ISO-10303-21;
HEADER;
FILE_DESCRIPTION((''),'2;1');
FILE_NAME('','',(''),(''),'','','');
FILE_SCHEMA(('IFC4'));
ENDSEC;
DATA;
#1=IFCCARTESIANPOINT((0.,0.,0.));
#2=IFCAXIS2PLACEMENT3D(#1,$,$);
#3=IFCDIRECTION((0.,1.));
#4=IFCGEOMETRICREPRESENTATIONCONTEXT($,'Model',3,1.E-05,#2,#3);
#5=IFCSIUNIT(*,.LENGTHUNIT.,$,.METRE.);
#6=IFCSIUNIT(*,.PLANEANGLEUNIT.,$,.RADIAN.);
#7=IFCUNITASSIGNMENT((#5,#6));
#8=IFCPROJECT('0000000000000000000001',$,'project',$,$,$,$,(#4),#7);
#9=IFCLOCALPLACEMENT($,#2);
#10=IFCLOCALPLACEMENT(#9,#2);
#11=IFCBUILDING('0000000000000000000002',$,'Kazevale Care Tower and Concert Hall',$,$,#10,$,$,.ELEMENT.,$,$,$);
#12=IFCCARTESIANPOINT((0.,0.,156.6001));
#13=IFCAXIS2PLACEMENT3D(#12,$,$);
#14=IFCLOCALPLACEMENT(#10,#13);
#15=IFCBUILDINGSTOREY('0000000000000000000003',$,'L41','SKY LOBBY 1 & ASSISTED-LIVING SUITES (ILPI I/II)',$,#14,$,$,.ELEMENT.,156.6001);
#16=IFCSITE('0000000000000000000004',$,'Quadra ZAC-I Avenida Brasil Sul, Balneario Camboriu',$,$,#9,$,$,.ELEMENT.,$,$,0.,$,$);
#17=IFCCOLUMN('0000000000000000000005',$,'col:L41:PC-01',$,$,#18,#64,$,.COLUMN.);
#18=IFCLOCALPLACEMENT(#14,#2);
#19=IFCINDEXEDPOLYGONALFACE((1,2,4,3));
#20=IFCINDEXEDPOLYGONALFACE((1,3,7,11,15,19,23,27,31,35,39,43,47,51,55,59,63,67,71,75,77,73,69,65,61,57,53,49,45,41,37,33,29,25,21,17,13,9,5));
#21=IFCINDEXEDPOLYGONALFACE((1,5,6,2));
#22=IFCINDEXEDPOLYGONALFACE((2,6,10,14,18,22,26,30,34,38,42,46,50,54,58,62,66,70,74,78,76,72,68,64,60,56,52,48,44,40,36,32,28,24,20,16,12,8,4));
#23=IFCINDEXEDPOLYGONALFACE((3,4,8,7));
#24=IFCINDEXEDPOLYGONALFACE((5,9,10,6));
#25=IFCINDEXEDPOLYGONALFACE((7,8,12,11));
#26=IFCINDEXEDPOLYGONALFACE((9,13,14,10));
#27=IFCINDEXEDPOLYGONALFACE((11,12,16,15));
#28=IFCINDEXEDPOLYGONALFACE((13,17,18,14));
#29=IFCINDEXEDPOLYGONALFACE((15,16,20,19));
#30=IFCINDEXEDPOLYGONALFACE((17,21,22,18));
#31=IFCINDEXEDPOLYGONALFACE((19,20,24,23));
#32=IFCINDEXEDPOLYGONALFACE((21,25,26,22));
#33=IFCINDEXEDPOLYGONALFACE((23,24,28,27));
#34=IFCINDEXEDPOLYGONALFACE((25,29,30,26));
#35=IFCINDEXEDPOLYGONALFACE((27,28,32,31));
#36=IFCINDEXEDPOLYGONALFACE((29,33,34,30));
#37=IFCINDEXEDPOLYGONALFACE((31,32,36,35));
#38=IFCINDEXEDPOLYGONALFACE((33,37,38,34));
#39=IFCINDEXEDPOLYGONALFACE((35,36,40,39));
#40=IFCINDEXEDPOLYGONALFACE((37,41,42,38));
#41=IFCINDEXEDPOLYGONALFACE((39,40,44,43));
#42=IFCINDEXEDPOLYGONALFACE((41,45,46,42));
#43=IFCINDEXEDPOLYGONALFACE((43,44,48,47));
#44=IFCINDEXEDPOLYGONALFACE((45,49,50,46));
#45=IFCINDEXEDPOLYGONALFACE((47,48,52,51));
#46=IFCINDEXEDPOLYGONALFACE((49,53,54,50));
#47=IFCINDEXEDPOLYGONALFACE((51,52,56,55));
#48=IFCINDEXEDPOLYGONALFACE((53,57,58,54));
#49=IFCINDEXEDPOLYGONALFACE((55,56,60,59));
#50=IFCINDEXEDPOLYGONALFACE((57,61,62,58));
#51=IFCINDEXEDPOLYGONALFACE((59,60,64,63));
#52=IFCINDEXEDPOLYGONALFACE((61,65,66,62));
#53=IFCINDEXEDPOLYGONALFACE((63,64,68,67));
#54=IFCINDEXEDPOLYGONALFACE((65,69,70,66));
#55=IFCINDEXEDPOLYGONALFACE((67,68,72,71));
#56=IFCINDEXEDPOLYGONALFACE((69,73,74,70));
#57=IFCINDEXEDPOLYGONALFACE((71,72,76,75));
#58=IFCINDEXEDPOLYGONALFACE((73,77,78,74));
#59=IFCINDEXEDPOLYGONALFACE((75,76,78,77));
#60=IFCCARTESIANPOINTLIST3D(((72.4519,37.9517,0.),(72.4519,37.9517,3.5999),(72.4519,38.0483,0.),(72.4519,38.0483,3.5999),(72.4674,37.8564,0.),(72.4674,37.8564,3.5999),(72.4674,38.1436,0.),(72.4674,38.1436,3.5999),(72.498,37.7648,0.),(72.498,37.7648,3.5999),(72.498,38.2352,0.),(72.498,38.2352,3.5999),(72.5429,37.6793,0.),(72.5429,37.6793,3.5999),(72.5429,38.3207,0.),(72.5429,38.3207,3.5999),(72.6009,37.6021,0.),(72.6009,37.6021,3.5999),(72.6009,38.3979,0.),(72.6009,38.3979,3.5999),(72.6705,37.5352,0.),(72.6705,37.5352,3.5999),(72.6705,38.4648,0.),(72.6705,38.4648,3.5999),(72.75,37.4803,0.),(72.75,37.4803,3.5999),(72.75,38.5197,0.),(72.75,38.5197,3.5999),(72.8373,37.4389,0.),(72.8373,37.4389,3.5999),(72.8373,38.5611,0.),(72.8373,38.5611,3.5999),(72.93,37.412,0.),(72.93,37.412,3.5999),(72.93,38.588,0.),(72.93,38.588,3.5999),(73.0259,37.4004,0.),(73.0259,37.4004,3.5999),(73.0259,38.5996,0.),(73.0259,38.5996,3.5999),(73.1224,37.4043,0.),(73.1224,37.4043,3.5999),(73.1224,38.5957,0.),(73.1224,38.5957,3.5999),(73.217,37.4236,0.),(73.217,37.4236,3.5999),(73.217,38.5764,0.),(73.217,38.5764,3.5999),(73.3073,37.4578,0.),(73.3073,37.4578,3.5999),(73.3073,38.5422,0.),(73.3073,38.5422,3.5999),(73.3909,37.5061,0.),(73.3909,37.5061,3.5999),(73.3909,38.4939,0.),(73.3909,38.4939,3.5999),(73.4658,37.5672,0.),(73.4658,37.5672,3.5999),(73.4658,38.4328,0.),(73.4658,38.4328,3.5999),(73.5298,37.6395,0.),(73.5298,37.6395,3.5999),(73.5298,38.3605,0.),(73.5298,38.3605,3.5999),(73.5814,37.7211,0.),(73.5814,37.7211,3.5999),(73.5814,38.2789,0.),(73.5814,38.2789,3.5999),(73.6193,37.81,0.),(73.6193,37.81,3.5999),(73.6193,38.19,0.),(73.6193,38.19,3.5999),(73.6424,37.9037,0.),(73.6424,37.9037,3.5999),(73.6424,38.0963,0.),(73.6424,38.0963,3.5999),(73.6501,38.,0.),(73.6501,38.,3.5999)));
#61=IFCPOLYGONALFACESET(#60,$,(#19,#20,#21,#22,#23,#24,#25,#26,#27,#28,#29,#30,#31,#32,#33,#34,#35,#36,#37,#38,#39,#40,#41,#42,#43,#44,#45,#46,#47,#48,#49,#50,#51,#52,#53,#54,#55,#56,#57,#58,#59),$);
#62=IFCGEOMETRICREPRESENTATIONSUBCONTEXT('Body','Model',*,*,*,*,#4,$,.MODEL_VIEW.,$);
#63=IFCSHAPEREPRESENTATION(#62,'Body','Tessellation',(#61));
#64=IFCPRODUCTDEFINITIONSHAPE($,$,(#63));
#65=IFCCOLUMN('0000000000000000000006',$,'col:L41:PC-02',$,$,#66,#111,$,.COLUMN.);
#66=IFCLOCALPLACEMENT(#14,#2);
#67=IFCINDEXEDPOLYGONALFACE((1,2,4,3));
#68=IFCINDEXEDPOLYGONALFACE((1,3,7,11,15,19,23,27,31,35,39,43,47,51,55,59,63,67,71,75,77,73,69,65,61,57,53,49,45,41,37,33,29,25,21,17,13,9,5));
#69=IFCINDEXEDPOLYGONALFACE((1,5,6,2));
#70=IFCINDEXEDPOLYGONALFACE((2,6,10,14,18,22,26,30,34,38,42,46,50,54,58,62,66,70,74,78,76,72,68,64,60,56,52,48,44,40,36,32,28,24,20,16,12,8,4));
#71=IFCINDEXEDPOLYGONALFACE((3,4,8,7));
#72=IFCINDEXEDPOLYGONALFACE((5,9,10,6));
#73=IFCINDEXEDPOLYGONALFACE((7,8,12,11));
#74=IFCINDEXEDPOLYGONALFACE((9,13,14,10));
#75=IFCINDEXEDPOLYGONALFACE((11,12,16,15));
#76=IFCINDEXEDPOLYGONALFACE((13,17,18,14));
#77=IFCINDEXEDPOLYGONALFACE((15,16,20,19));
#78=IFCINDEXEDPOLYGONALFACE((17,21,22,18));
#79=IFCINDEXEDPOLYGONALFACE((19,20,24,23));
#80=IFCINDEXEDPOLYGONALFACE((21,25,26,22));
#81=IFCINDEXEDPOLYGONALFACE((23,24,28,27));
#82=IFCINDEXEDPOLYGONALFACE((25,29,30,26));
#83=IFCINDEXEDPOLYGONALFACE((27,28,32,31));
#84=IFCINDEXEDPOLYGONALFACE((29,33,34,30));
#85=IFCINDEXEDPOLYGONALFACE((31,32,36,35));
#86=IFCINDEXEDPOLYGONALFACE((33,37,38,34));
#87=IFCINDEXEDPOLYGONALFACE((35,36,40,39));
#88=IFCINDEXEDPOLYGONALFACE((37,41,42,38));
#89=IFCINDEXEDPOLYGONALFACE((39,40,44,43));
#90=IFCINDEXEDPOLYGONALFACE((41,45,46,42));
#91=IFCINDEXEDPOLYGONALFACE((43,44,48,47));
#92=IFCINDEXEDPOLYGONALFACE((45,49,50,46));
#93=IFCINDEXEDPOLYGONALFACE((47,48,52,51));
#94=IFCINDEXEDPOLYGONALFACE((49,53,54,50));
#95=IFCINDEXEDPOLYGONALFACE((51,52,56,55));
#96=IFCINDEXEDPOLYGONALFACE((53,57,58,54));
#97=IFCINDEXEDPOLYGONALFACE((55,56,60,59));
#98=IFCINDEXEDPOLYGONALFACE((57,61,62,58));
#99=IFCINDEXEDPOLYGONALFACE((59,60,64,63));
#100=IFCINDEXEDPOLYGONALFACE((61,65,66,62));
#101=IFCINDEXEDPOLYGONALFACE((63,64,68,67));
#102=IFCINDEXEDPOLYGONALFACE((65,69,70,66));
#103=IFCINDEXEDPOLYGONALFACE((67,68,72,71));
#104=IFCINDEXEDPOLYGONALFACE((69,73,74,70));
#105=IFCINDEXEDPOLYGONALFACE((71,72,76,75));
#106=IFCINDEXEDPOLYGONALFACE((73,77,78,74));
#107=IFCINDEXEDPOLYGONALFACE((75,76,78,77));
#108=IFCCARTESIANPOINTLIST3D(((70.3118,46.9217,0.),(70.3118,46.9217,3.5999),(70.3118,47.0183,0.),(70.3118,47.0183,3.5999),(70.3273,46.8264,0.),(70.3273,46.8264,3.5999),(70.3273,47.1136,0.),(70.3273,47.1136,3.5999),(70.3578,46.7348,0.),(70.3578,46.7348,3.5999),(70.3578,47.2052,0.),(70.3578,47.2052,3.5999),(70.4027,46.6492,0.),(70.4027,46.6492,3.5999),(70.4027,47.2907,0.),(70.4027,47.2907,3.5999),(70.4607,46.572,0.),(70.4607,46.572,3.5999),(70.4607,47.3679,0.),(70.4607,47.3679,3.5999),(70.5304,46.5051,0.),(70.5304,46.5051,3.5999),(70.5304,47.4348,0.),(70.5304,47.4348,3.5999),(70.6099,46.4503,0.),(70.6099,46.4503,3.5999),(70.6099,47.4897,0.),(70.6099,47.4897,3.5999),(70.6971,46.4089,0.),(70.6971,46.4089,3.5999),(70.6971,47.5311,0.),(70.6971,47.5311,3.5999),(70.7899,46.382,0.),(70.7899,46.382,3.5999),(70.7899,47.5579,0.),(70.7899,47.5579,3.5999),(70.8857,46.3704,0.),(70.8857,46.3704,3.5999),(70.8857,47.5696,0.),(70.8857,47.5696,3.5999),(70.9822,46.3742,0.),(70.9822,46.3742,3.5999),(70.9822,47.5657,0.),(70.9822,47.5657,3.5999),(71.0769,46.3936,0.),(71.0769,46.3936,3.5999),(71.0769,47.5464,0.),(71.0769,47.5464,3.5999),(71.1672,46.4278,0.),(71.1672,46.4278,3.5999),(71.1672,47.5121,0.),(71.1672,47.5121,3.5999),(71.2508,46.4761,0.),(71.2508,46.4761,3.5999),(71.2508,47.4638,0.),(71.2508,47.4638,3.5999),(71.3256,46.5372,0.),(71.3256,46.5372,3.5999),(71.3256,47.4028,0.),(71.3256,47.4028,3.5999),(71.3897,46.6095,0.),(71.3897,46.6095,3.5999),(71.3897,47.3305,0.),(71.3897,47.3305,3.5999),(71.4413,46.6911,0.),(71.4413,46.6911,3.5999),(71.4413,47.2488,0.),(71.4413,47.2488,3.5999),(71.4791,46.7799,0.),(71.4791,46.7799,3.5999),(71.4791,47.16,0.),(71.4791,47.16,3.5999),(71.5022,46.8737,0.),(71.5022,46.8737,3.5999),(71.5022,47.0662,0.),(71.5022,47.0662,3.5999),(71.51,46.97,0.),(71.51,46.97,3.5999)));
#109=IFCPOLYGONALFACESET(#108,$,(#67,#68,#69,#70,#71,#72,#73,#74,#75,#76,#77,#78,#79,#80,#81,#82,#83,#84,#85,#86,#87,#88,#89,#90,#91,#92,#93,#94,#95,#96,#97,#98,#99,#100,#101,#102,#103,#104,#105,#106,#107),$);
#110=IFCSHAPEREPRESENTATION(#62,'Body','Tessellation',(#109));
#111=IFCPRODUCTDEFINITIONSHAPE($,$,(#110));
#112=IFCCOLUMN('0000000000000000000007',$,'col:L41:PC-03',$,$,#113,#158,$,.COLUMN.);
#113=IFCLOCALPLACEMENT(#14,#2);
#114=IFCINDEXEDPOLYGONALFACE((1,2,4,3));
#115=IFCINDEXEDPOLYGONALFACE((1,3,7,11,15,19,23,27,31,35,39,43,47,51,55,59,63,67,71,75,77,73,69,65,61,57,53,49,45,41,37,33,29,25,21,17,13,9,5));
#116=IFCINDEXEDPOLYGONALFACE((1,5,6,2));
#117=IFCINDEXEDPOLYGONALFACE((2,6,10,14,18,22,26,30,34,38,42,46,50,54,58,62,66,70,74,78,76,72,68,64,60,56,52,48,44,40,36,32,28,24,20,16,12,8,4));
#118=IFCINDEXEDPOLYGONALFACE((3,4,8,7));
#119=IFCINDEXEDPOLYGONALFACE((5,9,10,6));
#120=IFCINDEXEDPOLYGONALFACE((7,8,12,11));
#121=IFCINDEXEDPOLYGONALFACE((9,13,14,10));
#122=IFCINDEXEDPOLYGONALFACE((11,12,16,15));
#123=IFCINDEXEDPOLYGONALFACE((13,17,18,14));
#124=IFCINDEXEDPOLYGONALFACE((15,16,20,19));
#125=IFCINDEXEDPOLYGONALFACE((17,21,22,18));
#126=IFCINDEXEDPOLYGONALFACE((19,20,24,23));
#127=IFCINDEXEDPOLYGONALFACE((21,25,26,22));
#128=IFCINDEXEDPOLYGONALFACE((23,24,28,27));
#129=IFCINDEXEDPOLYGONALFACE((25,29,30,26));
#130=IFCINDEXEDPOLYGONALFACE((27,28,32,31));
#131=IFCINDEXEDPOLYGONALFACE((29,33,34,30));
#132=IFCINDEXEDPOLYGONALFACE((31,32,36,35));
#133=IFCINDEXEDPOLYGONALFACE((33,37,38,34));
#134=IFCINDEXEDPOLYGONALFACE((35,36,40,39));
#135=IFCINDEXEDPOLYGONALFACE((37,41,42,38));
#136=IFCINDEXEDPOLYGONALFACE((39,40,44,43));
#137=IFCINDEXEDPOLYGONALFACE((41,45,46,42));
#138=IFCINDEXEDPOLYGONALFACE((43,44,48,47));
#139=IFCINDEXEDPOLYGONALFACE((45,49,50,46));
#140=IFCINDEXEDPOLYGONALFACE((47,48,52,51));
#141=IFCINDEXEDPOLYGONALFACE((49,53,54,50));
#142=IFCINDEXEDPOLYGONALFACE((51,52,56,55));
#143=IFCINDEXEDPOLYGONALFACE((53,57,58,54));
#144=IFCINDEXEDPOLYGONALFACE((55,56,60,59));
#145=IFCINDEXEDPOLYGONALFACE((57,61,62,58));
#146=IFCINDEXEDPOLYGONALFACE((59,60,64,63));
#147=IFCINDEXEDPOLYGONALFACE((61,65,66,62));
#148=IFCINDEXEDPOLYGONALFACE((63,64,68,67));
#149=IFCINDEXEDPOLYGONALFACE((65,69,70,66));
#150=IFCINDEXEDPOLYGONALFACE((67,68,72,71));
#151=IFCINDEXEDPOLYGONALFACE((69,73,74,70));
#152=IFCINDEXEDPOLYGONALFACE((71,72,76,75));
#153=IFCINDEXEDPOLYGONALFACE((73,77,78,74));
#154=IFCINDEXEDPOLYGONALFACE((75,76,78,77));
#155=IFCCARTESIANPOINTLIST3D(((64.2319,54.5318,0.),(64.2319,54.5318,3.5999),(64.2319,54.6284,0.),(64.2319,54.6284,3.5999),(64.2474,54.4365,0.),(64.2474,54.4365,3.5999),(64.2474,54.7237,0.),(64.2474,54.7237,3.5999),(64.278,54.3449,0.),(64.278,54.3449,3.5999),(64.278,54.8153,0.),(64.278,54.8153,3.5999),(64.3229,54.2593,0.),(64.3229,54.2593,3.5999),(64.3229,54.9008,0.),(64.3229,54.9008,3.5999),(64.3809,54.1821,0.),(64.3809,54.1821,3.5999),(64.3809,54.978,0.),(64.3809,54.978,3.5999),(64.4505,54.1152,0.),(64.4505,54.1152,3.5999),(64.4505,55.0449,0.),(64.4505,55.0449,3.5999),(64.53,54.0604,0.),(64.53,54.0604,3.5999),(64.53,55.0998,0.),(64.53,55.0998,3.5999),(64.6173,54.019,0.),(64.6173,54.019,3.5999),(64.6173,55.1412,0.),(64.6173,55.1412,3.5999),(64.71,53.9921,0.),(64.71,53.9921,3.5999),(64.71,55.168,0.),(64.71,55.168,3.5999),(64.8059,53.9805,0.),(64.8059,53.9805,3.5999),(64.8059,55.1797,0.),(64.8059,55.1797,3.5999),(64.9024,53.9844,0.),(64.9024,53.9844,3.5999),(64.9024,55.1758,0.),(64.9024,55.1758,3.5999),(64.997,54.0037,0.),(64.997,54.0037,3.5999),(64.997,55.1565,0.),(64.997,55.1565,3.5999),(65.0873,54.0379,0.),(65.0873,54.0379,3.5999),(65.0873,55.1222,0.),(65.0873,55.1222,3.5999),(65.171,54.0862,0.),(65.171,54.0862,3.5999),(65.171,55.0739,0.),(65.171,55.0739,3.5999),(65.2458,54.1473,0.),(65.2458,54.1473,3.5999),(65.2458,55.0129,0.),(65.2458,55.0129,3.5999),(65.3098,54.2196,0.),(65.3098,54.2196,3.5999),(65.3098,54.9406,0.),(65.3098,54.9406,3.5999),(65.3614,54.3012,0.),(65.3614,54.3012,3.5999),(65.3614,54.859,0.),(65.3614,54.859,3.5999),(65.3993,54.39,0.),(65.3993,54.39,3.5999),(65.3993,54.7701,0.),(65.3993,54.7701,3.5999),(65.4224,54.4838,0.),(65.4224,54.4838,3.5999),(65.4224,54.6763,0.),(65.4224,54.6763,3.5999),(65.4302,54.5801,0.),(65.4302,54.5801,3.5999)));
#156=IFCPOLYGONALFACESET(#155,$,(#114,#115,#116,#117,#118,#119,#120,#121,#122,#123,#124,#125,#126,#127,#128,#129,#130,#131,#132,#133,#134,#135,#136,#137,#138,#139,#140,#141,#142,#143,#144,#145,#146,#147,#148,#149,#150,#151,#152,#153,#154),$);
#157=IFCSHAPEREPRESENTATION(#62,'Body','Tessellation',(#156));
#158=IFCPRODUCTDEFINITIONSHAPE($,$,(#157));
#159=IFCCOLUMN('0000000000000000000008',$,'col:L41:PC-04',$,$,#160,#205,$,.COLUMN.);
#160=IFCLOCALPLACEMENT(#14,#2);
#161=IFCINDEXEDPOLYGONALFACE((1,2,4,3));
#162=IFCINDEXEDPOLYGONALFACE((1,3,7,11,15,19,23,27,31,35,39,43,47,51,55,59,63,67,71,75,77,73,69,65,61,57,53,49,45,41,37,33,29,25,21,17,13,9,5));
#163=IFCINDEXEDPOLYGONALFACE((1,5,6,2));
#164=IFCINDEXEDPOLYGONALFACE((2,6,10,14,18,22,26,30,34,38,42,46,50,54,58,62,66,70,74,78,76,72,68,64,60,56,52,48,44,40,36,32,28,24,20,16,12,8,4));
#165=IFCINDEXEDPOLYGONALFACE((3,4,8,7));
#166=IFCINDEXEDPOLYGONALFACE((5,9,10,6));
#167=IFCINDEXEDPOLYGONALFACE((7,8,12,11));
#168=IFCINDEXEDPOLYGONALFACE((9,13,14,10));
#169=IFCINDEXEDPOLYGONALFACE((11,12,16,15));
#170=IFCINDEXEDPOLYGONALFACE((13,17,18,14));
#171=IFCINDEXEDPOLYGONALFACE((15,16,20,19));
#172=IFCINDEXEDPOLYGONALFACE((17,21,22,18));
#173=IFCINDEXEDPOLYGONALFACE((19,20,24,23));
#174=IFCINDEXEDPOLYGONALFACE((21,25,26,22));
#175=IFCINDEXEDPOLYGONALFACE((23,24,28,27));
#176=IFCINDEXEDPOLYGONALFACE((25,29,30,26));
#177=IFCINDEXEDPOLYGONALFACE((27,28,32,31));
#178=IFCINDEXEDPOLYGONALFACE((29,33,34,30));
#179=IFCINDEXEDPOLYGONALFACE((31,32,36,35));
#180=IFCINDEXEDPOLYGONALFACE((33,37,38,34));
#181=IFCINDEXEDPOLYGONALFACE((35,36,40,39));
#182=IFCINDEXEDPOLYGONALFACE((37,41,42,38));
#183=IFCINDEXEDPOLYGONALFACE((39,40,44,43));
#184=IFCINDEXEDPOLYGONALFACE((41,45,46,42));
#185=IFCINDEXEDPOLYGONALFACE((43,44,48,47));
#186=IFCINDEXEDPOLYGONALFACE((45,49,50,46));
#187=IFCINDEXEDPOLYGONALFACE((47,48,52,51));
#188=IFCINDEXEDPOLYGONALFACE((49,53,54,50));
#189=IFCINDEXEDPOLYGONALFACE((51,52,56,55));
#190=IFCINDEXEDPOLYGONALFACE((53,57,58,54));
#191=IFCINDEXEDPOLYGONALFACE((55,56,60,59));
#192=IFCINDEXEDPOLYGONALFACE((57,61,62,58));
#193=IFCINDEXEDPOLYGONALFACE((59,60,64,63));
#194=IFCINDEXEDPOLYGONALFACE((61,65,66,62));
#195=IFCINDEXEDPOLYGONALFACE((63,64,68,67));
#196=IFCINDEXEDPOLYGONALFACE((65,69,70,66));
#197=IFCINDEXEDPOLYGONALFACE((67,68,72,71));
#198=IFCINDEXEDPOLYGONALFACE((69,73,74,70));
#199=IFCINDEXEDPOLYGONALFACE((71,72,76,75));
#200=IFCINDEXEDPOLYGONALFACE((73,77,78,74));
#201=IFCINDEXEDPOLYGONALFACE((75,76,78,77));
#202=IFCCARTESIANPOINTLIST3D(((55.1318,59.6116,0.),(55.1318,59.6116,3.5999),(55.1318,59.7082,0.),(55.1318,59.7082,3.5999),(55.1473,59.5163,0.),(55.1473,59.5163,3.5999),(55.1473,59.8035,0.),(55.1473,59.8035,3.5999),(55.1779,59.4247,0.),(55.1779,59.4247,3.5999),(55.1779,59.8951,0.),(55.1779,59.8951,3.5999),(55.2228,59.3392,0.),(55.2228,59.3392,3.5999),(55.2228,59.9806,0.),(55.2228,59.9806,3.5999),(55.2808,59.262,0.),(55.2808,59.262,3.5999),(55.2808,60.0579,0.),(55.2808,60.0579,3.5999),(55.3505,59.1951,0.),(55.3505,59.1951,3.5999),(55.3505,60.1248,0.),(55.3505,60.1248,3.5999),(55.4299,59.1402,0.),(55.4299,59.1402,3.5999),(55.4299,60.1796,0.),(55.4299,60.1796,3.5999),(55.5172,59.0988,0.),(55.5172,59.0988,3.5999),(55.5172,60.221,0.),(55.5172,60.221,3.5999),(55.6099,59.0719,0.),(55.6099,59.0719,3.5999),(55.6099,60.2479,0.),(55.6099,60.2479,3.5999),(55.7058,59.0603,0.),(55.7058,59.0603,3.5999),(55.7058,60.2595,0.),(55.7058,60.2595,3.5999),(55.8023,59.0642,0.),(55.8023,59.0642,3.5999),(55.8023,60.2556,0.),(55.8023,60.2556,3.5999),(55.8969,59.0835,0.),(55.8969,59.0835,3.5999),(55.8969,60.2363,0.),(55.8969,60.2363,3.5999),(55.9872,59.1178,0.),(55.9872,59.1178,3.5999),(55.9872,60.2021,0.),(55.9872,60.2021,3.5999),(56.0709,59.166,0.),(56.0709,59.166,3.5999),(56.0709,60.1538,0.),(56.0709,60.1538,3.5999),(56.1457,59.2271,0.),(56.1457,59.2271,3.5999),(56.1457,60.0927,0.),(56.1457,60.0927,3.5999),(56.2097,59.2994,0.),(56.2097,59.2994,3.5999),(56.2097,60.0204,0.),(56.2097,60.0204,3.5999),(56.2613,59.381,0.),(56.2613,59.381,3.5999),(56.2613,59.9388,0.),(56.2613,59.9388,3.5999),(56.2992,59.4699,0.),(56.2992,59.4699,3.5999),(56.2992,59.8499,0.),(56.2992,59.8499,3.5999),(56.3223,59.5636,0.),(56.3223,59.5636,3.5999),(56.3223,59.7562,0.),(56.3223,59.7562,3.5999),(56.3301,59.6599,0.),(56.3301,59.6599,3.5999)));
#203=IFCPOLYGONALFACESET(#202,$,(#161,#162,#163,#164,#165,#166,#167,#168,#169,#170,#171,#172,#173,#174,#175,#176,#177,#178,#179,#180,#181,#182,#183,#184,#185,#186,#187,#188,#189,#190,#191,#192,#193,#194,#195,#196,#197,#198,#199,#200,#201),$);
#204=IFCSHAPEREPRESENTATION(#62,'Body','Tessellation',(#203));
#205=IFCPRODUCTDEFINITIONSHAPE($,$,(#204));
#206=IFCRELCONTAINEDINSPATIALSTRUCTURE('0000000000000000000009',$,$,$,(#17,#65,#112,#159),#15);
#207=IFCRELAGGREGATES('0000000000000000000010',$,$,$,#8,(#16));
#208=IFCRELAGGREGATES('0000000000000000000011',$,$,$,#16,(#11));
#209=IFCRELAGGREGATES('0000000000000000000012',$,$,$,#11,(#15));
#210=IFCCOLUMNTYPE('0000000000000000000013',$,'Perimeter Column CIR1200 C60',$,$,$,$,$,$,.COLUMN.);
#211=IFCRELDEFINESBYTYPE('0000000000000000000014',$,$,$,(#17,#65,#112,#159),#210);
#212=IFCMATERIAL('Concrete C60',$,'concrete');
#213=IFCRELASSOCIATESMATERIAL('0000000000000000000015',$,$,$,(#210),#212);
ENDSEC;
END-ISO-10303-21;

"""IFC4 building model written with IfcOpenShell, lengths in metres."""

from ifc_helpers import new_model, si_unit, direction, frame, origin, origin_2d, place, context, subcontext, project, spatial, circle, extrude, material, material_profile, profile_set, type_object, element, save


model = new_model("IFC4")

# Units and contexts
model_context = context("Model", 3, precision=1e-05, world=origin(), true_north=direction((0.0, 1.0)))
body_context = subcontext(model_context, "Body", "Model", "MODEL_VIEW")
ifc_project = project(units=[si_unit("LENGTHUNIT", "METRE"), si_unit("PLANEANGLEUNIT", "RADIAN")], contexts=[model_context])

# Site, building, storey
site_placement = place(None, origin())
site = spatial("IfcSite", under=ifc_project, at=site_placement, Name="Quadra ZAC-I Avenida Brasil Sul, Balneario Camboriu", CompositionType="ELEMENT", RefElevation=0.0)
building_placement = place(site_placement, origin())
building = spatial("IfcBuilding", under=site, at=building_placement, Name="Kazevale Care Tower and Concert Hall", CompositionType="ELEMENT")
storey_placement = place(building_placement, frame((0.0, 0.0, 156.6001)))
storey = spatial("IfcBuildingStorey", under=building, at=storey_placement, Name="L41", Description="SKY LOBBY 1 & ASSISTED-LIVING SUITES (ILPI I/II)", CompositionType="ELEMENT", Elevation=156.6001)

# Columns
ifc_material_1 = material(Name="Concrete C60", Category="concrete")
ifc_material_profile_1 = material_profile(ifc_material_1, circle(Radius=0.6001, at=origin_2d()), Name="RC-CIR1200")
ifc_profile_set_1 = profile_set([ifc_material_profile_1], Name="Concrete C60")
column_type = type_object("IfcColumnType", Name="Perimeter Column CIR1200 C60", PredefinedType="COLUMN", material=ifc_profile_set_1)
for number, where, z_axis, x_axis, name in (
    (1, (73.05, 38.0, 0.0), (0.0, 0.0, 1.0), (1.0, 0.0, 0.0), "col:L41:PC-01"),
    (2, (70.9099, 46.97, 0.0), (0.0, 0.0, 1.0), (1.0, 0.0, 0.0), "col:L41:PC-02"),
    (3, (64.8301, 54.5801, 0.0), (0.0, 0.0, 1.0), (1.0, 0.0, 0.0), "col:L41:PC-03"),
    (4, (55.73, 59.6599, 0.0), (0.0, 0.0, 1.0), (1.0, 0.0, 0.0), "col:L41:PC-04"),
):
    element("IfcColumn", number, at=place(storey_placement, frame(where, z_axis=z_axis, x_axis=x_axis)), inside=storey, type_object=column_type, Name=name, PredefinedType="COLUMN", context=body_context, shape_type="SweptSolid", body=[
        extrude(circle(Radius=0.6001, at=origin_2d()), origin(), (0.0, 0.0, 1.0), 3.5999),
    ])

save(model, "model.ifc")
